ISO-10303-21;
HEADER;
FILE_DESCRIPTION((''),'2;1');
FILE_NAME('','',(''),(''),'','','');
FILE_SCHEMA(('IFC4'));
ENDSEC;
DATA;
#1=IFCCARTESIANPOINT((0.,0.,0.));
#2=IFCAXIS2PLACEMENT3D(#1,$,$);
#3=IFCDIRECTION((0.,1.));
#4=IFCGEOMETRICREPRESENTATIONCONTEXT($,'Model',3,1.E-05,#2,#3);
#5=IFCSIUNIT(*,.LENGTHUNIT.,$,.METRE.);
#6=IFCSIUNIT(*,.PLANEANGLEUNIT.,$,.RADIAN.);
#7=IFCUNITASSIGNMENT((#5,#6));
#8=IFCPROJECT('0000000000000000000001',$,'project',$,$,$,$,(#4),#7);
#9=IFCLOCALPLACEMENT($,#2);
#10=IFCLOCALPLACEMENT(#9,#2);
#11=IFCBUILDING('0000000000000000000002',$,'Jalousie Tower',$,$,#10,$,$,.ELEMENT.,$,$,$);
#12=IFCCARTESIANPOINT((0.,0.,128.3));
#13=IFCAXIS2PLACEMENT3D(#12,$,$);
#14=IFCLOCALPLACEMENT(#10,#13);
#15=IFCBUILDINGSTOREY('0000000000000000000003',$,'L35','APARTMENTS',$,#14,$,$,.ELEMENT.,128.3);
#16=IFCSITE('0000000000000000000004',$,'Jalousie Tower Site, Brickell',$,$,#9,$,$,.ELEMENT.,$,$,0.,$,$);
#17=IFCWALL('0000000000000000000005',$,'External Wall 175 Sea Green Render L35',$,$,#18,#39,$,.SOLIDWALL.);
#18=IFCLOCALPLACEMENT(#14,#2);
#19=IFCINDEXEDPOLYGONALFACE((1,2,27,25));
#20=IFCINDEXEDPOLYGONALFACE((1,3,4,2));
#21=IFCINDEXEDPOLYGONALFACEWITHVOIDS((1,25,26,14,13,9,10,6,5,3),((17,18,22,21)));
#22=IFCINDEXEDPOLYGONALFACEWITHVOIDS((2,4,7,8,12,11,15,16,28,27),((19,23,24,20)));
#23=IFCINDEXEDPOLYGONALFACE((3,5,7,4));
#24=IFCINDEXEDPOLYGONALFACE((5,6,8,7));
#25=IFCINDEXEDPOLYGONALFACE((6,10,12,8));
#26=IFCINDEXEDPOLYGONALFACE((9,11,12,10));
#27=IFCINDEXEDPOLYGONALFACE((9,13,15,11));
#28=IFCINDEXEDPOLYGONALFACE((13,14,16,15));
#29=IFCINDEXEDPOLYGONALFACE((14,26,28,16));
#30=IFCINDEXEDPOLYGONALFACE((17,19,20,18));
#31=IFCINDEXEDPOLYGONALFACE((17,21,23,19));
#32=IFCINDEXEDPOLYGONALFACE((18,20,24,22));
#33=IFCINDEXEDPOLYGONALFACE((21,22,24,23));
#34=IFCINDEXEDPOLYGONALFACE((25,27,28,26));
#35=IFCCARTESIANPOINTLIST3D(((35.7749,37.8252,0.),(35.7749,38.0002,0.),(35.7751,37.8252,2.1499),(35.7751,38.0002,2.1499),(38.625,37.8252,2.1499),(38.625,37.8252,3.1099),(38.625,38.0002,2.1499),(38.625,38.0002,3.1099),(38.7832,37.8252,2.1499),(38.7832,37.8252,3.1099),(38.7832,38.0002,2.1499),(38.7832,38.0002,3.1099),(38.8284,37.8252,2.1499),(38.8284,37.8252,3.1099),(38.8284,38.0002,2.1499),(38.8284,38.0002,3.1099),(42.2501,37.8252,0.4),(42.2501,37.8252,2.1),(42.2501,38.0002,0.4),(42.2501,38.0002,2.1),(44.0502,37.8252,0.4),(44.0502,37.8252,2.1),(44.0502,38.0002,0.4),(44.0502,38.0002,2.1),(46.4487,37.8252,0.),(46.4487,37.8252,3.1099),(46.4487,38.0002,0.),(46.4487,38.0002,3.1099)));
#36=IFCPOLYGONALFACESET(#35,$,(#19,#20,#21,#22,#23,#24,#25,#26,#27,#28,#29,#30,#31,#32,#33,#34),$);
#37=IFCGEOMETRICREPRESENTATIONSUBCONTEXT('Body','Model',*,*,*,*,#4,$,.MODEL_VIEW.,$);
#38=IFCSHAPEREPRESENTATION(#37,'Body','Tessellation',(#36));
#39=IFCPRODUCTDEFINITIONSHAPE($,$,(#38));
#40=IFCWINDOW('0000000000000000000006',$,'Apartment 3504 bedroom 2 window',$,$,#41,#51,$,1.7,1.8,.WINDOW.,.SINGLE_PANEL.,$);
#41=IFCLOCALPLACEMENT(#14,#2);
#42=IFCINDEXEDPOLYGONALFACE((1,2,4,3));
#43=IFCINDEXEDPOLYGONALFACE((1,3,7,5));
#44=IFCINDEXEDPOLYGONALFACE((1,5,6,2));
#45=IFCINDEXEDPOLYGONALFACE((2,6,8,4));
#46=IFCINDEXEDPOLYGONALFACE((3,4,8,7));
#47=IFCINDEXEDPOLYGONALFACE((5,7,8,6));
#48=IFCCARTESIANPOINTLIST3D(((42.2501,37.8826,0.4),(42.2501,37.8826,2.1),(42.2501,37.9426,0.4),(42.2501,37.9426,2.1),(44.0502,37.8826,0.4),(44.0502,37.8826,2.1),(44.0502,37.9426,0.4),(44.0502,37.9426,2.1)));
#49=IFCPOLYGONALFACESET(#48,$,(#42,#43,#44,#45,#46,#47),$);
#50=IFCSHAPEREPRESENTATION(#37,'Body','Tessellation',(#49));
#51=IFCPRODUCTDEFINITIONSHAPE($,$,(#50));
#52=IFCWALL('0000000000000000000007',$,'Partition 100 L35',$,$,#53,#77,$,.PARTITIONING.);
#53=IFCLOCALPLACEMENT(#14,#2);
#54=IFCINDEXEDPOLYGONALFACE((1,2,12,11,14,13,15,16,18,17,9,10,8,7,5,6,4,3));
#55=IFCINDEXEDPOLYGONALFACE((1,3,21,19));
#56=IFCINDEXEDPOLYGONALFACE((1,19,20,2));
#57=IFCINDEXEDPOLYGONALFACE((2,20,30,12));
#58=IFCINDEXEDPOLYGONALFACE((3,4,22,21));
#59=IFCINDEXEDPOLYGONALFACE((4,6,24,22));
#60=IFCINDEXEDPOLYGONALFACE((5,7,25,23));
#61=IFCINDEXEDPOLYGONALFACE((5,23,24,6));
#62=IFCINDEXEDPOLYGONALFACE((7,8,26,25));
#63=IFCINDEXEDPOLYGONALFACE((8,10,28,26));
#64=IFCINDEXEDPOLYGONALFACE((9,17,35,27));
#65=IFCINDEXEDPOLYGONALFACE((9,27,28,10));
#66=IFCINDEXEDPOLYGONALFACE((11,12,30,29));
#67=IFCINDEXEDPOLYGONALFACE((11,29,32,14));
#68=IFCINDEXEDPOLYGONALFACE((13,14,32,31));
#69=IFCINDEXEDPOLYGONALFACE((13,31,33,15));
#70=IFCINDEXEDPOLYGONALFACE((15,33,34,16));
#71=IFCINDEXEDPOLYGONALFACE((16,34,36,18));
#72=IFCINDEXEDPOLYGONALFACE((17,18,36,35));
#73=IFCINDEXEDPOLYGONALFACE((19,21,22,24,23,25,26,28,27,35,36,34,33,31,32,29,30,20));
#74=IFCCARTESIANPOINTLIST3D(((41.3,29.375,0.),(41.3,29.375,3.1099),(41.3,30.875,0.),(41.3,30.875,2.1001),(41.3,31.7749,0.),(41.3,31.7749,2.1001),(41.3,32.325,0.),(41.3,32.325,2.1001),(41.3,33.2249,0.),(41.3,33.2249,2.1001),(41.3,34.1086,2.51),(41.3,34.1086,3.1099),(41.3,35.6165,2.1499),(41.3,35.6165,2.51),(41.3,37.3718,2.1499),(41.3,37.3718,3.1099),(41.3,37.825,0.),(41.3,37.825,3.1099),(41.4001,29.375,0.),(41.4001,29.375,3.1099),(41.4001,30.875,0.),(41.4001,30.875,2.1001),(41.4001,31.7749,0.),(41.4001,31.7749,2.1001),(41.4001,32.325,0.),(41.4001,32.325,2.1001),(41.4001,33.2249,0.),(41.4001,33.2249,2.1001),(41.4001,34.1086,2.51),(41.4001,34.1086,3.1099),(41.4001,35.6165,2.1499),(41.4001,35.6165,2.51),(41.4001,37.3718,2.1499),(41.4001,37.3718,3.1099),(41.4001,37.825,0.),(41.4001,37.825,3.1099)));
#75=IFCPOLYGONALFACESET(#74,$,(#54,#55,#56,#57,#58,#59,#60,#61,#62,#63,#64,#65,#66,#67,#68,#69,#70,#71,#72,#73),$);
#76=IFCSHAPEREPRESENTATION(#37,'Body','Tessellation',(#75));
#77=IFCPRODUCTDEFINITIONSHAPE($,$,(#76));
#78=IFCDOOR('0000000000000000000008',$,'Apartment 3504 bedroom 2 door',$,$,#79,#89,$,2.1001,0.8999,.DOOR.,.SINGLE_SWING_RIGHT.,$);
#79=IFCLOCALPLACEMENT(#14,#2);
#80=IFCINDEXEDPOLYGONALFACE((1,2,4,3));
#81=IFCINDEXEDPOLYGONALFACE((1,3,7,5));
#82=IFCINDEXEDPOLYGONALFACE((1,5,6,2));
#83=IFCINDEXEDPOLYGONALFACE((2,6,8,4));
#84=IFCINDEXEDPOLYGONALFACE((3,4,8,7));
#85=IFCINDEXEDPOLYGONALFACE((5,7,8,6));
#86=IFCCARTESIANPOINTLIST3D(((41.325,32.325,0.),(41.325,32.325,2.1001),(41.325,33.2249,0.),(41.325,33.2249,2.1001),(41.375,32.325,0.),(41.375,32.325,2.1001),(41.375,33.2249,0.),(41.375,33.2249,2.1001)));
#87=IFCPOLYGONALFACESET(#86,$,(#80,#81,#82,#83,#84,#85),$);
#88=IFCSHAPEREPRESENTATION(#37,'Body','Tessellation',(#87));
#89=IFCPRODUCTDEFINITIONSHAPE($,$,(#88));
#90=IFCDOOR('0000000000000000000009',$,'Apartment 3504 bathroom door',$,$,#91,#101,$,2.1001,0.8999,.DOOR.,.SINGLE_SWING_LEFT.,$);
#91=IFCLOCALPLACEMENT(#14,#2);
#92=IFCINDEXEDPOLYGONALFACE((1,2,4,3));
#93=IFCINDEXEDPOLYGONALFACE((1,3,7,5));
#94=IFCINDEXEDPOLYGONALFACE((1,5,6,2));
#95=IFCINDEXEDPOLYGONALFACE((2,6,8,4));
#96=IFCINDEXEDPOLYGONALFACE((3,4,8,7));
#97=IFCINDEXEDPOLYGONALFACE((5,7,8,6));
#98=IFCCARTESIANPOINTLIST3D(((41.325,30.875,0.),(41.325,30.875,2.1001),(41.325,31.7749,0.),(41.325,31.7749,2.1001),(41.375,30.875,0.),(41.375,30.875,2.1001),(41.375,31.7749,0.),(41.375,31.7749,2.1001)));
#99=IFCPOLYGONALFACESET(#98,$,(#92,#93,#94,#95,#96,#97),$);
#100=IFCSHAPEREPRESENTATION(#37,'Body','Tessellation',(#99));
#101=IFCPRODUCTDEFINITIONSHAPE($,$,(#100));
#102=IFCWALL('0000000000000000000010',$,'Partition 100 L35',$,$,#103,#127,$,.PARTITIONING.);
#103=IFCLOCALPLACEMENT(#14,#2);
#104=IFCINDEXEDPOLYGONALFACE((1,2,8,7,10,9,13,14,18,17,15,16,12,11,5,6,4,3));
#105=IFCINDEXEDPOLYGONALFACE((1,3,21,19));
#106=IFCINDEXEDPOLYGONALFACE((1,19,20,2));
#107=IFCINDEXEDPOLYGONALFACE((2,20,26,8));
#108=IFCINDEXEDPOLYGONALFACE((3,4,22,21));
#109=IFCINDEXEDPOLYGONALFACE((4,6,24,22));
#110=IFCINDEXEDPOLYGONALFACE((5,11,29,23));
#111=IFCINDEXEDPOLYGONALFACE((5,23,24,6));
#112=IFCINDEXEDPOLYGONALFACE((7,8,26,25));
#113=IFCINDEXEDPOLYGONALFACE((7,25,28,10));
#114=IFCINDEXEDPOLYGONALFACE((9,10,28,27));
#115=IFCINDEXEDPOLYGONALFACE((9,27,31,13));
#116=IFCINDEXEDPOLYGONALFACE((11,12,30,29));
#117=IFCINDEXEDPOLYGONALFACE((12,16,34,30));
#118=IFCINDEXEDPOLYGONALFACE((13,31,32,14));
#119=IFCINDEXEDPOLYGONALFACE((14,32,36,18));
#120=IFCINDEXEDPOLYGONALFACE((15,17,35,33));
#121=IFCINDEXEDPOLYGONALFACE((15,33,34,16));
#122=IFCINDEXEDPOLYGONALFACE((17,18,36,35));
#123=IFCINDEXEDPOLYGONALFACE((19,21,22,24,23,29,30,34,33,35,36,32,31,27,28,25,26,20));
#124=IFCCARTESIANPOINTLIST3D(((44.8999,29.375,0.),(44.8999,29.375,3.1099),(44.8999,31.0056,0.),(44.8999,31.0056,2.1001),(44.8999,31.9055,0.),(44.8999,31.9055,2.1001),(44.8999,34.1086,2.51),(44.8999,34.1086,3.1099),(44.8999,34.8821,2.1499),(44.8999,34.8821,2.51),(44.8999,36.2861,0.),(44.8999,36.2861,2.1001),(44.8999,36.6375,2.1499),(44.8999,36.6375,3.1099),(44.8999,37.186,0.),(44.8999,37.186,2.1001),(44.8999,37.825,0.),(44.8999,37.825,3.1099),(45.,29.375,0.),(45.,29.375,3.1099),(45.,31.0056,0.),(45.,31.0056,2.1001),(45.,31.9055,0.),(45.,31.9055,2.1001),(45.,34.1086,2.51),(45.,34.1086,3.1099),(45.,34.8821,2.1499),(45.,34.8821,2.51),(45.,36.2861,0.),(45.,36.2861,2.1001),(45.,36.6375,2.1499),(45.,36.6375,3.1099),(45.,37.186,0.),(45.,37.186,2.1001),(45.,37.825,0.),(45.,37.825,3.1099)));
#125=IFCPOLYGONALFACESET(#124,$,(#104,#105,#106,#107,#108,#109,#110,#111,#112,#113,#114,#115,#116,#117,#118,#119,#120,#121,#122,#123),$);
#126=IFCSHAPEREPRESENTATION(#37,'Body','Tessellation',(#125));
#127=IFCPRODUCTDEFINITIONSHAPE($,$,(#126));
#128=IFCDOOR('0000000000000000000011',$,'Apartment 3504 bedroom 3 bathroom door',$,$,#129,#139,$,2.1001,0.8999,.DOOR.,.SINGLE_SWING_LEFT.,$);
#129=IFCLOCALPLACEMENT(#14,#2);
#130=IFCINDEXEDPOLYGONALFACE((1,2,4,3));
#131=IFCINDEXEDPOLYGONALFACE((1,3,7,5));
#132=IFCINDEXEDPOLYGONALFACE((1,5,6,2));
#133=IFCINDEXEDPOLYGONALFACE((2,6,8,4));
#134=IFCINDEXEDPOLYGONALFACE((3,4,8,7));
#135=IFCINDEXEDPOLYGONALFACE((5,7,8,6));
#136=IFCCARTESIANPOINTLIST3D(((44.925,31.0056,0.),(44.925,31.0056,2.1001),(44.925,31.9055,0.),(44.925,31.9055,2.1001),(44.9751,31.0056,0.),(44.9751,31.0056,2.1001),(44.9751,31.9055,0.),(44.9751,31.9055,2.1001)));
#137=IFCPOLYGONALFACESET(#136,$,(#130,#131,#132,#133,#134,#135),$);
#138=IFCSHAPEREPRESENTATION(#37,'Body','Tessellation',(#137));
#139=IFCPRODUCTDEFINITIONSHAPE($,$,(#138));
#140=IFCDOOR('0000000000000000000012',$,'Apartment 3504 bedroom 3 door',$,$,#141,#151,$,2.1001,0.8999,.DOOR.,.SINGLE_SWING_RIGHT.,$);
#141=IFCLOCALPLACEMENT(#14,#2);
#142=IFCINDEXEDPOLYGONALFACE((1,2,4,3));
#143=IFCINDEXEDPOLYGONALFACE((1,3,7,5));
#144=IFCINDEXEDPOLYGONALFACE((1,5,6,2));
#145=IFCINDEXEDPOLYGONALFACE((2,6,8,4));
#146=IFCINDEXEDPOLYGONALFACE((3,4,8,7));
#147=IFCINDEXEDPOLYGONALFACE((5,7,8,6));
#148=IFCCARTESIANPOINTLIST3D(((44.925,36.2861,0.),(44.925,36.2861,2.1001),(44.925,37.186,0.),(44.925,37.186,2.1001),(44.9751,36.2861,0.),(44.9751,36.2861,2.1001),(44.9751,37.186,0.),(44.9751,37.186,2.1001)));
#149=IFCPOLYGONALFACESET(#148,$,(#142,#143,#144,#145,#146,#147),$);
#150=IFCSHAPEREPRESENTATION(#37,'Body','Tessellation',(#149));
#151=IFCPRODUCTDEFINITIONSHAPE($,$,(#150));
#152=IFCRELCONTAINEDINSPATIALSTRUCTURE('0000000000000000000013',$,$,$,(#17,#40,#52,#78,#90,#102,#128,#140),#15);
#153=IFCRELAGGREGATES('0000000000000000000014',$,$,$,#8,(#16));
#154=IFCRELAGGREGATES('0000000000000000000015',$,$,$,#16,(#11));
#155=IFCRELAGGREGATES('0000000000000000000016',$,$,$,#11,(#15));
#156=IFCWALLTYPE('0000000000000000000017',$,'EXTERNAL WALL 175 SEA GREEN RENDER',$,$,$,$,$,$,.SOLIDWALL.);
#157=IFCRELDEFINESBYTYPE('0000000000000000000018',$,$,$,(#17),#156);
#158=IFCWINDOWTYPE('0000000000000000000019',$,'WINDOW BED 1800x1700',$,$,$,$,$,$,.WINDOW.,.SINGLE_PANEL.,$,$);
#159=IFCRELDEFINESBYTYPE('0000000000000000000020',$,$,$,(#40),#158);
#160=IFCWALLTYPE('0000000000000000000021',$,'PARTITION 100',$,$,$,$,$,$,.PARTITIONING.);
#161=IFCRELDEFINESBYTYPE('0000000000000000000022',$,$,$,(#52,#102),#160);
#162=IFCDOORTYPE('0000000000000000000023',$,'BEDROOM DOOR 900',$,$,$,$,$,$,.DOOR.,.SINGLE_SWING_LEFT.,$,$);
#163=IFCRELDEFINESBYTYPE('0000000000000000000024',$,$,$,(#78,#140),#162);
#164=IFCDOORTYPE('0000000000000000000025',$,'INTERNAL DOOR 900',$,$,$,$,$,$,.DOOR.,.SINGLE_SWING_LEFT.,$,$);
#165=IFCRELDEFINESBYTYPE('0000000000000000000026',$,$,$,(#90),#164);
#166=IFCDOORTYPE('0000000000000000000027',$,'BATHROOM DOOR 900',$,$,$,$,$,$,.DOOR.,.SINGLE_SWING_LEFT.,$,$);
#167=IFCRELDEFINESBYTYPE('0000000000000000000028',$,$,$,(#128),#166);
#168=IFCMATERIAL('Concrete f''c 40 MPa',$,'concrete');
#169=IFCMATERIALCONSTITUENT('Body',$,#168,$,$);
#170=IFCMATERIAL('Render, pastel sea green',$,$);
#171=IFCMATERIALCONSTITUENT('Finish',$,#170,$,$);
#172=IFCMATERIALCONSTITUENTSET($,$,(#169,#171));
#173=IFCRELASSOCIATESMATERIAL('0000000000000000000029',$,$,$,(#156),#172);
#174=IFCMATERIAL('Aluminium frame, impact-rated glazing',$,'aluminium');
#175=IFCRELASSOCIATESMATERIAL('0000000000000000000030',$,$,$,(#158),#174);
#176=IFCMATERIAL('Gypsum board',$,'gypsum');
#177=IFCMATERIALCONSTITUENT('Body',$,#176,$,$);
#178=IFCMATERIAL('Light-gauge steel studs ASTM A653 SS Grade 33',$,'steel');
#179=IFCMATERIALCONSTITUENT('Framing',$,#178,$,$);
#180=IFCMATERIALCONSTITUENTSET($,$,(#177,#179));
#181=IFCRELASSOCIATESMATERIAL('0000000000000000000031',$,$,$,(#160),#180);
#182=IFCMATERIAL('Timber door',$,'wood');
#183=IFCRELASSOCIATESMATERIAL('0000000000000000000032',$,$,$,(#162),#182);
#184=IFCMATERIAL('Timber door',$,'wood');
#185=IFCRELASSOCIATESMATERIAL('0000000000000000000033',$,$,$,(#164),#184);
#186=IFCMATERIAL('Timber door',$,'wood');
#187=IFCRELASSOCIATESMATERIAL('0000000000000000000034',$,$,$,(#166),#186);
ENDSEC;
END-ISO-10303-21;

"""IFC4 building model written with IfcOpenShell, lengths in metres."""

from ifc_helpers import new_model, si_unit, direction, frame, frame_2d, origin, place, context, subcontext, project, spatial, polyline, rectangle, outline, extrude, material, constituent, constituent_set, type_object, element, fill, save


model = new_model("IFC4")

# Units and contexts
model_context = context("Model", 3, precision=1e-05, world=origin(), true_north=direction((0.0, 1.0)))
body_context = subcontext(model_context, "Body", "Model", "MODEL_VIEW")
ifc_project = project(units=[si_unit("LENGTHUNIT", "METRE"), si_unit("PLANEANGLEUNIT", "RADIAN")], contexts=[model_context])

# Site, building, storey
site_placement = place(None, origin())
site = spatial("IfcSite", under=ifc_project, at=site_placement, Name="Jalousie Tower Site, Brickell", CompositionType="ELEMENT", RefElevation=0.0)
building_placement = place(site_placement, origin())
building = spatial("IfcBuilding", under=site, at=building_placement, Name="Jalousie Tower", CompositionType="ELEMENT")
storey_placement = place(building_placement, frame((0.0, 0.0, 128.3)))
storey = spatial("IfcBuildingStorey", under=building, at=storey_placement, Name="L35", Description="APARTMENTS", CompositionType="ELEMENT", Elevation=128.3)

# Wall, opening, window
ifc_material_1 = material(Name="Concrete f'c 40 MPa", Category="concrete")
ifc_constituent_1 = constituent(ifc_material_1, Name="Body")
ifc_material_2 = material(Name="Render, pastel sea green")
ifc_constituent_2 = constituent(ifc_material_2, Name="Finish")
ifc_constituent_set_1 = constituent_set(constituents=[ifc_constituent_1, ifc_constituent_2])
wall_type_1 = type_object("IfcWallType", Name="EXTERNAL WALL 175 SEA GREEN RENDER", PredefinedType="SOLIDWALL", material=ifc_constituent_set_1)
wall_1_placement = place(storey_placement, frame((46.4487, 37.9126, 0.0), z_axis=(0.0, 0.0, 1.0), x_axis=(-1.0, 0.0, 0.0)))
wall_1 = element("IfcWall", 1, at=wall_1_placement, inside=storey, type_object=wall_type_1, Name="External Wall 175 Sea Green Render L35", PredefinedType="SOLIDWALL", context=body_context, shape_type="SweptSolid", body=[
    extrude(outline(polyline([(0.0, 0.0), (10.6738, 0.0), (10.6736, 2.1499), (7.8237, 2.1499), (7.8237, 3.1099), (7.6655, 3.1099), (7.6655, 2.1499), (7.6204, 2.1499), (7.6204, 3.1099), (0.0, 3.1099), (0.0, 0.0)])), frame((0.0, 0.0874, 0.0), z_axis=(0.0, -1.0, 0.0), x_axis=(1.0, 0.0, 0.0)), (0.0, 0.0, 1.0), 0.175),
])
opening_1_placement = place(wall_1_placement, frame((2.3987, 0.0, 0.3999)))
opening_1 = element("IfcOpeningElement", 2, at=opening_1_placement, cuts=wall_1, PredefinedType="OPENING", context=body_context, shape_type="SweptSolid", body=[
    extrude(rectangle(XDim=1.8, YDim=1.7, at=frame_2d((0.8999, 0.8501))), frame((0.0, 0.0974, 0.0), z_axis=(0.0, -1.0, 0.0), x_axis=(1.0, 0.0, 0.0)), (0.0, 0.0, 1.0), 0.1951),
])
ifc_material_3 = material(Name="Aluminium frame, impact-rated glazing", Category="aluminium")
window_type = type_object("IfcWindowType", Name="WINDOW BED 1800x1700", PartitioningType="SINGLE_PANEL", PredefinedType="WINDOW", material=ifc_material_3)
window_placement = place(opening_1_placement, origin())
window = element("IfcWindow", 3, at=window_placement, inside=storey, type_object=window_type, Name="Apartment 3504 bedroom 2 window", OverallHeight=1.7, OverallWidth=1.8, PartitioningType="SINGLE_PANEL", PredefinedType="WINDOW", context=body_context, shape_type="SweptSolid", body=[
    extrude(rectangle(XDim=1.8, YDim=1.7, at=frame_2d((0.8999, 0.8501))), frame((0.0, 0.03, 0.0), z_axis=(0.0, -1.0, 0.0), x_axis=(1.0, 0.0, 0.0)), (0.0, 0.0, 1.0), 0.0601),
])
fill(opening_1, window)

# Walls, openings, doors
ifc_material_4 = material(Name="Gypsum board", Category="gypsum")
ifc_constituent_3 = constituent(ifc_material_4, Name="Body")
ifc_material_5 = material(Name="Light-gauge steel studs ASTM A653 SS Grade 33", Category="steel")
ifc_constituent_4 = constituent(ifc_material_5, Name="Framing")
ifc_constituent_set_2 = constituent_set(constituents=[ifc_constituent_3, ifc_constituent_4])
wall_type_2 = type_object("IfcWallType", Name="PARTITION 100", PredefinedType="PARTITIONING", material=ifc_constituent_set_2)
wall_2_placement = place(storey_placement, frame((41.3501, 37.825, 0.0), z_axis=(0.0, 0.0, 1.0), x_axis=(0.0, -1.0, 0.0)))
wall_2 = element("IfcWall", 4, at=wall_2_placement, inside=storey, type_object=wall_type_2, Name="Partition 100 L35", PredefinedType="PARTITIONING", context=body_context, shape_type="SweptSolid", body=[
    extrude(outline(polyline([(0.0, 0.0), (8.45, 0.0), (8.45, 3.1099), (3.7163, 3.1099), (3.7163, 2.51), (2.2085, 2.51), (2.2085, 2.1499), (0.4531, 2.1499), (0.4531, 3.1099), (0.0, 3.1099), (0.0, 0.0)])), frame((0.0, 0.05, 0.0), z_axis=(0.0, -1.0, 0.0), x_axis=(1.0, 0.0, 0.0)), (0.0, 0.0, 1.0), 0.1001),
])
opening_2_placement = place(wall_2_placement, frame((4.6001, 0.0, 0.0)))
opening_2 = element("IfcOpeningElement", 5, at=opening_2_placement, cuts=wall_2, PredefinedType="OPENING", context=body_context, shape_type="SweptSolid", body=[
    extrude(rectangle(XDim=0.8999, YDim=2.1001, at=frame_2d((0.45, 1.05))), frame((0.0, 0.0601, 0.0), z_axis=(0.0, -1.0, 0.0), x_axis=(1.0, 0.0, 0.0)), (0.0, 0.0, 1.0), 0.1201),
])
opening_3_placement = place(wall_2_placement, frame((6.05, 0.0, 0.0)))
opening_3 = element("IfcOpeningElement", 6, at=opening_3_placement, cuts=wall_2, PredefinedType="OPENING", context=body_context, shape_type="SweptSolid", body=[
    extrude(rectangle(XDim=0.8999, YDim=2.1001, at=frame_2d((0.45, 1.05))), frame((0.0, 0.0601, 0.0), z_axis=(0.0, -1.0, 0.0), x_axis=(1.0, 0.0, 0.0)), (0.0, 0.0, 1.0), 0.1201),
])
ifc_material_6 = material(Name="Timber door", Category="wood")
door_type_1 = type_object("IfcDoorType", Name="BEDROOM DOOR 900", OperationType="SINGLE_SWING_LEFT", PredefinedType="DOOR", material=ifc_material_6)
door_1_placement = place(opening_2_placement, origin())
door_1 = element("IfcDoor", 7, at=door_1_placement, inside=storey, type_object=door_type_1, Name="Apartment 3504 bedroom 2 door", OperationType="SINGLE_SWING_RIGHT", OverallHeight=2.1001, OverallWidth=0.8999, PredefinedType="DOOR", context=body_context, shape_type="SweptSolid", body=[
    extrude(rectangle(XDim=0.8999, YDim=2.1001, at=frame_2d((0.45, 1.05))), frame((0.0, 0.0249, 0.0), z_axis=(0.0, -1.0, 0.0), x_axis=(1.0, 0.0, 0.0)), (0.0, 0.0, 1.0), 0.05),
])
fill(opening_2, door_1)
ifc_material_7 = material(Name="Timber door", Category="wood")
door_type_2 = type_object("IfcDoorType", Name="INTERNAL DOOR 900", OperationType="SINGLE_SWING_LEFT", PredefinedType="DOOR", material=ifc_material_7)
door_2_placement = place(opening_3_placement, origin())
door_2 = element("IfcDoor", 8, at=door_2_placement, inside=storey, type_object=door_type_2, Name="Apartment 3504 bathroom door", OperationType="SINGLE_SWING_LEFT", OverallHeight=2.1001, OverallWidth=0.8999, PredefinedType="DOOR", context=body_context, shape_type="SweptSolid", body=[
    extrude(rectangle(XDim=0.8999, YDim=2.1001, at=frame_2d((0.45, 1.05))), frame((0.0, 0.0249, 0.0), z_axis=(0.0, -1.0, 0.0), x_axis=(1.0, 0.0, 0.0)), (0.0, 0.0, 1.0), 0.05),
])
fill(opening_3, door_2)
wall_3_placement = place(storey_placement, frame((44.95, 37.825, 0.0), z_axis=(0.0, 0.0, 1.0), x_axis=(0.0, -1.0, 0.0)))
wall_3 = element("IfcWall", 9, at=wall_3_placement, inside=storey, type_object=wall_type_2, Name="Partition 100 L35", PredefinedType="PARTITIONING", context=body_context, shape_type="SweptSolid", body=[
    extrude(outline(polyline([(0.0, 0.0), (8.45, 0.0), (8.45, 3.1099), (3.7163, 3.1099), (3.7163, 2.51), (2.9429, 2.51), (2.9429, 2.1499), (1.1875, 2.1499), (1.1875, 3.1099), (0.0, 3.1099), (0.0, 0.0)])), frame((0.0, 0.05, 0.0), z_axis=(0.0, -1.0, 0.0), x_axis=(1.0, 0.0, 0.0)), (0.0, 0.0, 1.0), 0.1001),
])
opening_4_placement = place(wall_3_placement, frame((0.6389, 0.0, 0.0)))
opening_4 = element("IfcOpeningElement", 10, at=opening_4_placement, cuts=wall_3, PredefinedType="OPENING", context=body_context, shape_type="SweptSolid", body=[
    extrude(rectangle(XDim=0.8999, YDim=2.1001, at=frame_2d((0.45, 1.05))), frame((0.0, 0.0601, 0.0), z_axis=(0.0, -1.0, 0.0), x_axis=(1.0, 0.0, 0.0)), (0.0, 0.0, 1.0), 0.1201),
])
opening_5_placement = place(wall_3_placement, frame((5.9194, 0.0, 0.0)))
opening_5 = element("IfcOpeningElement", 11, at=opening_5_placement, cuts=wall_3, PredefinedType="OPENING", context=body_context, shape_type="SweptSolid", body=[
    extrude(rectangle(XDim=0.8999, YDim=2.1001, at=frame_2d((0.45, 1.05))), frame((0.0, 0.0601, 0.0), z_axis=(0.0, -1.0, 0.0), x_axis=(1.0, 0.0, 0.0)), (0.0, 0.0, 1.0), 0.1201),
])
ifc_material_8 = material(Name="Timber door", Category="wood")
door_type_3 = type_object("IfcDoorType", Name="BATHROOM DOOR 900", OperationType="SINGLE_SWING_LEFT", PredefinedType="DOOR", material=ifc_material_8)
door_3_placement = place(opening_5_placement, frame((0.8999, 0.0, 0.0), z_axis=(0.0, 0.0, 1.0), x_axis=(-1.0, 0.0, 0.0)))
door_3 = element("IfcDoor", 12, at=door_3_placement, inside=storey, type_object=door_type_3, Name="Apartment 3504 bedroom 3 bathroom door", OperationType="SINGLE_SWING_LEFT", OverallHeight=2.1001, OverallWidth=0.8999, PredefinedType="DOOR", context=body_context, shape_type="SweptSolid", body=[
    extrude(rectangle(XDim=0.8999, YDim=2.1001, at=frame_2d((0.45, 1.05))), frame((0.0, 0.0249, 0.0), z_axis=(0.0, -1.0, 0.0), x_axis=(1.0, 0.0, 0.0)), (0.0, 0.0, 1.0), 0.05),
])
fill(opening_5, door_3)
door_4_placement = place(opening_4_placement, frame((0.8999, 0.0, 0.0), z_axis=(0.0, 0.0, 1.0), x_axis=(-1.0, 0.0, 0.0)))
door_4 = element("IfcDoor", 13, at=door_4_placement, inside=storey, type_object=door_type_1, Name="Apartment 3504 bedroom 3 door", OperationType="SINGLE_SWING_RIGHT", OverallHeight=2.1001, OverallWidth=0.8999, PredefinedType="DOOR", context=body_context, shape_type="SweptSolid", body=[
    extrude(rectangle(XDim=0.8999, YDim=2.1001, at=frame_2d((0.45, 1.05))), frame((0.0, 0.0249, 0.0), z_axis=(0.0, -1.0, 0.0), x_axis=(1.0, 0.0, 0.0)), (0.0, 0.0, 1.0), 0.05),
])
fill(opening_4, door_4)

save(model, "model.ifc")
